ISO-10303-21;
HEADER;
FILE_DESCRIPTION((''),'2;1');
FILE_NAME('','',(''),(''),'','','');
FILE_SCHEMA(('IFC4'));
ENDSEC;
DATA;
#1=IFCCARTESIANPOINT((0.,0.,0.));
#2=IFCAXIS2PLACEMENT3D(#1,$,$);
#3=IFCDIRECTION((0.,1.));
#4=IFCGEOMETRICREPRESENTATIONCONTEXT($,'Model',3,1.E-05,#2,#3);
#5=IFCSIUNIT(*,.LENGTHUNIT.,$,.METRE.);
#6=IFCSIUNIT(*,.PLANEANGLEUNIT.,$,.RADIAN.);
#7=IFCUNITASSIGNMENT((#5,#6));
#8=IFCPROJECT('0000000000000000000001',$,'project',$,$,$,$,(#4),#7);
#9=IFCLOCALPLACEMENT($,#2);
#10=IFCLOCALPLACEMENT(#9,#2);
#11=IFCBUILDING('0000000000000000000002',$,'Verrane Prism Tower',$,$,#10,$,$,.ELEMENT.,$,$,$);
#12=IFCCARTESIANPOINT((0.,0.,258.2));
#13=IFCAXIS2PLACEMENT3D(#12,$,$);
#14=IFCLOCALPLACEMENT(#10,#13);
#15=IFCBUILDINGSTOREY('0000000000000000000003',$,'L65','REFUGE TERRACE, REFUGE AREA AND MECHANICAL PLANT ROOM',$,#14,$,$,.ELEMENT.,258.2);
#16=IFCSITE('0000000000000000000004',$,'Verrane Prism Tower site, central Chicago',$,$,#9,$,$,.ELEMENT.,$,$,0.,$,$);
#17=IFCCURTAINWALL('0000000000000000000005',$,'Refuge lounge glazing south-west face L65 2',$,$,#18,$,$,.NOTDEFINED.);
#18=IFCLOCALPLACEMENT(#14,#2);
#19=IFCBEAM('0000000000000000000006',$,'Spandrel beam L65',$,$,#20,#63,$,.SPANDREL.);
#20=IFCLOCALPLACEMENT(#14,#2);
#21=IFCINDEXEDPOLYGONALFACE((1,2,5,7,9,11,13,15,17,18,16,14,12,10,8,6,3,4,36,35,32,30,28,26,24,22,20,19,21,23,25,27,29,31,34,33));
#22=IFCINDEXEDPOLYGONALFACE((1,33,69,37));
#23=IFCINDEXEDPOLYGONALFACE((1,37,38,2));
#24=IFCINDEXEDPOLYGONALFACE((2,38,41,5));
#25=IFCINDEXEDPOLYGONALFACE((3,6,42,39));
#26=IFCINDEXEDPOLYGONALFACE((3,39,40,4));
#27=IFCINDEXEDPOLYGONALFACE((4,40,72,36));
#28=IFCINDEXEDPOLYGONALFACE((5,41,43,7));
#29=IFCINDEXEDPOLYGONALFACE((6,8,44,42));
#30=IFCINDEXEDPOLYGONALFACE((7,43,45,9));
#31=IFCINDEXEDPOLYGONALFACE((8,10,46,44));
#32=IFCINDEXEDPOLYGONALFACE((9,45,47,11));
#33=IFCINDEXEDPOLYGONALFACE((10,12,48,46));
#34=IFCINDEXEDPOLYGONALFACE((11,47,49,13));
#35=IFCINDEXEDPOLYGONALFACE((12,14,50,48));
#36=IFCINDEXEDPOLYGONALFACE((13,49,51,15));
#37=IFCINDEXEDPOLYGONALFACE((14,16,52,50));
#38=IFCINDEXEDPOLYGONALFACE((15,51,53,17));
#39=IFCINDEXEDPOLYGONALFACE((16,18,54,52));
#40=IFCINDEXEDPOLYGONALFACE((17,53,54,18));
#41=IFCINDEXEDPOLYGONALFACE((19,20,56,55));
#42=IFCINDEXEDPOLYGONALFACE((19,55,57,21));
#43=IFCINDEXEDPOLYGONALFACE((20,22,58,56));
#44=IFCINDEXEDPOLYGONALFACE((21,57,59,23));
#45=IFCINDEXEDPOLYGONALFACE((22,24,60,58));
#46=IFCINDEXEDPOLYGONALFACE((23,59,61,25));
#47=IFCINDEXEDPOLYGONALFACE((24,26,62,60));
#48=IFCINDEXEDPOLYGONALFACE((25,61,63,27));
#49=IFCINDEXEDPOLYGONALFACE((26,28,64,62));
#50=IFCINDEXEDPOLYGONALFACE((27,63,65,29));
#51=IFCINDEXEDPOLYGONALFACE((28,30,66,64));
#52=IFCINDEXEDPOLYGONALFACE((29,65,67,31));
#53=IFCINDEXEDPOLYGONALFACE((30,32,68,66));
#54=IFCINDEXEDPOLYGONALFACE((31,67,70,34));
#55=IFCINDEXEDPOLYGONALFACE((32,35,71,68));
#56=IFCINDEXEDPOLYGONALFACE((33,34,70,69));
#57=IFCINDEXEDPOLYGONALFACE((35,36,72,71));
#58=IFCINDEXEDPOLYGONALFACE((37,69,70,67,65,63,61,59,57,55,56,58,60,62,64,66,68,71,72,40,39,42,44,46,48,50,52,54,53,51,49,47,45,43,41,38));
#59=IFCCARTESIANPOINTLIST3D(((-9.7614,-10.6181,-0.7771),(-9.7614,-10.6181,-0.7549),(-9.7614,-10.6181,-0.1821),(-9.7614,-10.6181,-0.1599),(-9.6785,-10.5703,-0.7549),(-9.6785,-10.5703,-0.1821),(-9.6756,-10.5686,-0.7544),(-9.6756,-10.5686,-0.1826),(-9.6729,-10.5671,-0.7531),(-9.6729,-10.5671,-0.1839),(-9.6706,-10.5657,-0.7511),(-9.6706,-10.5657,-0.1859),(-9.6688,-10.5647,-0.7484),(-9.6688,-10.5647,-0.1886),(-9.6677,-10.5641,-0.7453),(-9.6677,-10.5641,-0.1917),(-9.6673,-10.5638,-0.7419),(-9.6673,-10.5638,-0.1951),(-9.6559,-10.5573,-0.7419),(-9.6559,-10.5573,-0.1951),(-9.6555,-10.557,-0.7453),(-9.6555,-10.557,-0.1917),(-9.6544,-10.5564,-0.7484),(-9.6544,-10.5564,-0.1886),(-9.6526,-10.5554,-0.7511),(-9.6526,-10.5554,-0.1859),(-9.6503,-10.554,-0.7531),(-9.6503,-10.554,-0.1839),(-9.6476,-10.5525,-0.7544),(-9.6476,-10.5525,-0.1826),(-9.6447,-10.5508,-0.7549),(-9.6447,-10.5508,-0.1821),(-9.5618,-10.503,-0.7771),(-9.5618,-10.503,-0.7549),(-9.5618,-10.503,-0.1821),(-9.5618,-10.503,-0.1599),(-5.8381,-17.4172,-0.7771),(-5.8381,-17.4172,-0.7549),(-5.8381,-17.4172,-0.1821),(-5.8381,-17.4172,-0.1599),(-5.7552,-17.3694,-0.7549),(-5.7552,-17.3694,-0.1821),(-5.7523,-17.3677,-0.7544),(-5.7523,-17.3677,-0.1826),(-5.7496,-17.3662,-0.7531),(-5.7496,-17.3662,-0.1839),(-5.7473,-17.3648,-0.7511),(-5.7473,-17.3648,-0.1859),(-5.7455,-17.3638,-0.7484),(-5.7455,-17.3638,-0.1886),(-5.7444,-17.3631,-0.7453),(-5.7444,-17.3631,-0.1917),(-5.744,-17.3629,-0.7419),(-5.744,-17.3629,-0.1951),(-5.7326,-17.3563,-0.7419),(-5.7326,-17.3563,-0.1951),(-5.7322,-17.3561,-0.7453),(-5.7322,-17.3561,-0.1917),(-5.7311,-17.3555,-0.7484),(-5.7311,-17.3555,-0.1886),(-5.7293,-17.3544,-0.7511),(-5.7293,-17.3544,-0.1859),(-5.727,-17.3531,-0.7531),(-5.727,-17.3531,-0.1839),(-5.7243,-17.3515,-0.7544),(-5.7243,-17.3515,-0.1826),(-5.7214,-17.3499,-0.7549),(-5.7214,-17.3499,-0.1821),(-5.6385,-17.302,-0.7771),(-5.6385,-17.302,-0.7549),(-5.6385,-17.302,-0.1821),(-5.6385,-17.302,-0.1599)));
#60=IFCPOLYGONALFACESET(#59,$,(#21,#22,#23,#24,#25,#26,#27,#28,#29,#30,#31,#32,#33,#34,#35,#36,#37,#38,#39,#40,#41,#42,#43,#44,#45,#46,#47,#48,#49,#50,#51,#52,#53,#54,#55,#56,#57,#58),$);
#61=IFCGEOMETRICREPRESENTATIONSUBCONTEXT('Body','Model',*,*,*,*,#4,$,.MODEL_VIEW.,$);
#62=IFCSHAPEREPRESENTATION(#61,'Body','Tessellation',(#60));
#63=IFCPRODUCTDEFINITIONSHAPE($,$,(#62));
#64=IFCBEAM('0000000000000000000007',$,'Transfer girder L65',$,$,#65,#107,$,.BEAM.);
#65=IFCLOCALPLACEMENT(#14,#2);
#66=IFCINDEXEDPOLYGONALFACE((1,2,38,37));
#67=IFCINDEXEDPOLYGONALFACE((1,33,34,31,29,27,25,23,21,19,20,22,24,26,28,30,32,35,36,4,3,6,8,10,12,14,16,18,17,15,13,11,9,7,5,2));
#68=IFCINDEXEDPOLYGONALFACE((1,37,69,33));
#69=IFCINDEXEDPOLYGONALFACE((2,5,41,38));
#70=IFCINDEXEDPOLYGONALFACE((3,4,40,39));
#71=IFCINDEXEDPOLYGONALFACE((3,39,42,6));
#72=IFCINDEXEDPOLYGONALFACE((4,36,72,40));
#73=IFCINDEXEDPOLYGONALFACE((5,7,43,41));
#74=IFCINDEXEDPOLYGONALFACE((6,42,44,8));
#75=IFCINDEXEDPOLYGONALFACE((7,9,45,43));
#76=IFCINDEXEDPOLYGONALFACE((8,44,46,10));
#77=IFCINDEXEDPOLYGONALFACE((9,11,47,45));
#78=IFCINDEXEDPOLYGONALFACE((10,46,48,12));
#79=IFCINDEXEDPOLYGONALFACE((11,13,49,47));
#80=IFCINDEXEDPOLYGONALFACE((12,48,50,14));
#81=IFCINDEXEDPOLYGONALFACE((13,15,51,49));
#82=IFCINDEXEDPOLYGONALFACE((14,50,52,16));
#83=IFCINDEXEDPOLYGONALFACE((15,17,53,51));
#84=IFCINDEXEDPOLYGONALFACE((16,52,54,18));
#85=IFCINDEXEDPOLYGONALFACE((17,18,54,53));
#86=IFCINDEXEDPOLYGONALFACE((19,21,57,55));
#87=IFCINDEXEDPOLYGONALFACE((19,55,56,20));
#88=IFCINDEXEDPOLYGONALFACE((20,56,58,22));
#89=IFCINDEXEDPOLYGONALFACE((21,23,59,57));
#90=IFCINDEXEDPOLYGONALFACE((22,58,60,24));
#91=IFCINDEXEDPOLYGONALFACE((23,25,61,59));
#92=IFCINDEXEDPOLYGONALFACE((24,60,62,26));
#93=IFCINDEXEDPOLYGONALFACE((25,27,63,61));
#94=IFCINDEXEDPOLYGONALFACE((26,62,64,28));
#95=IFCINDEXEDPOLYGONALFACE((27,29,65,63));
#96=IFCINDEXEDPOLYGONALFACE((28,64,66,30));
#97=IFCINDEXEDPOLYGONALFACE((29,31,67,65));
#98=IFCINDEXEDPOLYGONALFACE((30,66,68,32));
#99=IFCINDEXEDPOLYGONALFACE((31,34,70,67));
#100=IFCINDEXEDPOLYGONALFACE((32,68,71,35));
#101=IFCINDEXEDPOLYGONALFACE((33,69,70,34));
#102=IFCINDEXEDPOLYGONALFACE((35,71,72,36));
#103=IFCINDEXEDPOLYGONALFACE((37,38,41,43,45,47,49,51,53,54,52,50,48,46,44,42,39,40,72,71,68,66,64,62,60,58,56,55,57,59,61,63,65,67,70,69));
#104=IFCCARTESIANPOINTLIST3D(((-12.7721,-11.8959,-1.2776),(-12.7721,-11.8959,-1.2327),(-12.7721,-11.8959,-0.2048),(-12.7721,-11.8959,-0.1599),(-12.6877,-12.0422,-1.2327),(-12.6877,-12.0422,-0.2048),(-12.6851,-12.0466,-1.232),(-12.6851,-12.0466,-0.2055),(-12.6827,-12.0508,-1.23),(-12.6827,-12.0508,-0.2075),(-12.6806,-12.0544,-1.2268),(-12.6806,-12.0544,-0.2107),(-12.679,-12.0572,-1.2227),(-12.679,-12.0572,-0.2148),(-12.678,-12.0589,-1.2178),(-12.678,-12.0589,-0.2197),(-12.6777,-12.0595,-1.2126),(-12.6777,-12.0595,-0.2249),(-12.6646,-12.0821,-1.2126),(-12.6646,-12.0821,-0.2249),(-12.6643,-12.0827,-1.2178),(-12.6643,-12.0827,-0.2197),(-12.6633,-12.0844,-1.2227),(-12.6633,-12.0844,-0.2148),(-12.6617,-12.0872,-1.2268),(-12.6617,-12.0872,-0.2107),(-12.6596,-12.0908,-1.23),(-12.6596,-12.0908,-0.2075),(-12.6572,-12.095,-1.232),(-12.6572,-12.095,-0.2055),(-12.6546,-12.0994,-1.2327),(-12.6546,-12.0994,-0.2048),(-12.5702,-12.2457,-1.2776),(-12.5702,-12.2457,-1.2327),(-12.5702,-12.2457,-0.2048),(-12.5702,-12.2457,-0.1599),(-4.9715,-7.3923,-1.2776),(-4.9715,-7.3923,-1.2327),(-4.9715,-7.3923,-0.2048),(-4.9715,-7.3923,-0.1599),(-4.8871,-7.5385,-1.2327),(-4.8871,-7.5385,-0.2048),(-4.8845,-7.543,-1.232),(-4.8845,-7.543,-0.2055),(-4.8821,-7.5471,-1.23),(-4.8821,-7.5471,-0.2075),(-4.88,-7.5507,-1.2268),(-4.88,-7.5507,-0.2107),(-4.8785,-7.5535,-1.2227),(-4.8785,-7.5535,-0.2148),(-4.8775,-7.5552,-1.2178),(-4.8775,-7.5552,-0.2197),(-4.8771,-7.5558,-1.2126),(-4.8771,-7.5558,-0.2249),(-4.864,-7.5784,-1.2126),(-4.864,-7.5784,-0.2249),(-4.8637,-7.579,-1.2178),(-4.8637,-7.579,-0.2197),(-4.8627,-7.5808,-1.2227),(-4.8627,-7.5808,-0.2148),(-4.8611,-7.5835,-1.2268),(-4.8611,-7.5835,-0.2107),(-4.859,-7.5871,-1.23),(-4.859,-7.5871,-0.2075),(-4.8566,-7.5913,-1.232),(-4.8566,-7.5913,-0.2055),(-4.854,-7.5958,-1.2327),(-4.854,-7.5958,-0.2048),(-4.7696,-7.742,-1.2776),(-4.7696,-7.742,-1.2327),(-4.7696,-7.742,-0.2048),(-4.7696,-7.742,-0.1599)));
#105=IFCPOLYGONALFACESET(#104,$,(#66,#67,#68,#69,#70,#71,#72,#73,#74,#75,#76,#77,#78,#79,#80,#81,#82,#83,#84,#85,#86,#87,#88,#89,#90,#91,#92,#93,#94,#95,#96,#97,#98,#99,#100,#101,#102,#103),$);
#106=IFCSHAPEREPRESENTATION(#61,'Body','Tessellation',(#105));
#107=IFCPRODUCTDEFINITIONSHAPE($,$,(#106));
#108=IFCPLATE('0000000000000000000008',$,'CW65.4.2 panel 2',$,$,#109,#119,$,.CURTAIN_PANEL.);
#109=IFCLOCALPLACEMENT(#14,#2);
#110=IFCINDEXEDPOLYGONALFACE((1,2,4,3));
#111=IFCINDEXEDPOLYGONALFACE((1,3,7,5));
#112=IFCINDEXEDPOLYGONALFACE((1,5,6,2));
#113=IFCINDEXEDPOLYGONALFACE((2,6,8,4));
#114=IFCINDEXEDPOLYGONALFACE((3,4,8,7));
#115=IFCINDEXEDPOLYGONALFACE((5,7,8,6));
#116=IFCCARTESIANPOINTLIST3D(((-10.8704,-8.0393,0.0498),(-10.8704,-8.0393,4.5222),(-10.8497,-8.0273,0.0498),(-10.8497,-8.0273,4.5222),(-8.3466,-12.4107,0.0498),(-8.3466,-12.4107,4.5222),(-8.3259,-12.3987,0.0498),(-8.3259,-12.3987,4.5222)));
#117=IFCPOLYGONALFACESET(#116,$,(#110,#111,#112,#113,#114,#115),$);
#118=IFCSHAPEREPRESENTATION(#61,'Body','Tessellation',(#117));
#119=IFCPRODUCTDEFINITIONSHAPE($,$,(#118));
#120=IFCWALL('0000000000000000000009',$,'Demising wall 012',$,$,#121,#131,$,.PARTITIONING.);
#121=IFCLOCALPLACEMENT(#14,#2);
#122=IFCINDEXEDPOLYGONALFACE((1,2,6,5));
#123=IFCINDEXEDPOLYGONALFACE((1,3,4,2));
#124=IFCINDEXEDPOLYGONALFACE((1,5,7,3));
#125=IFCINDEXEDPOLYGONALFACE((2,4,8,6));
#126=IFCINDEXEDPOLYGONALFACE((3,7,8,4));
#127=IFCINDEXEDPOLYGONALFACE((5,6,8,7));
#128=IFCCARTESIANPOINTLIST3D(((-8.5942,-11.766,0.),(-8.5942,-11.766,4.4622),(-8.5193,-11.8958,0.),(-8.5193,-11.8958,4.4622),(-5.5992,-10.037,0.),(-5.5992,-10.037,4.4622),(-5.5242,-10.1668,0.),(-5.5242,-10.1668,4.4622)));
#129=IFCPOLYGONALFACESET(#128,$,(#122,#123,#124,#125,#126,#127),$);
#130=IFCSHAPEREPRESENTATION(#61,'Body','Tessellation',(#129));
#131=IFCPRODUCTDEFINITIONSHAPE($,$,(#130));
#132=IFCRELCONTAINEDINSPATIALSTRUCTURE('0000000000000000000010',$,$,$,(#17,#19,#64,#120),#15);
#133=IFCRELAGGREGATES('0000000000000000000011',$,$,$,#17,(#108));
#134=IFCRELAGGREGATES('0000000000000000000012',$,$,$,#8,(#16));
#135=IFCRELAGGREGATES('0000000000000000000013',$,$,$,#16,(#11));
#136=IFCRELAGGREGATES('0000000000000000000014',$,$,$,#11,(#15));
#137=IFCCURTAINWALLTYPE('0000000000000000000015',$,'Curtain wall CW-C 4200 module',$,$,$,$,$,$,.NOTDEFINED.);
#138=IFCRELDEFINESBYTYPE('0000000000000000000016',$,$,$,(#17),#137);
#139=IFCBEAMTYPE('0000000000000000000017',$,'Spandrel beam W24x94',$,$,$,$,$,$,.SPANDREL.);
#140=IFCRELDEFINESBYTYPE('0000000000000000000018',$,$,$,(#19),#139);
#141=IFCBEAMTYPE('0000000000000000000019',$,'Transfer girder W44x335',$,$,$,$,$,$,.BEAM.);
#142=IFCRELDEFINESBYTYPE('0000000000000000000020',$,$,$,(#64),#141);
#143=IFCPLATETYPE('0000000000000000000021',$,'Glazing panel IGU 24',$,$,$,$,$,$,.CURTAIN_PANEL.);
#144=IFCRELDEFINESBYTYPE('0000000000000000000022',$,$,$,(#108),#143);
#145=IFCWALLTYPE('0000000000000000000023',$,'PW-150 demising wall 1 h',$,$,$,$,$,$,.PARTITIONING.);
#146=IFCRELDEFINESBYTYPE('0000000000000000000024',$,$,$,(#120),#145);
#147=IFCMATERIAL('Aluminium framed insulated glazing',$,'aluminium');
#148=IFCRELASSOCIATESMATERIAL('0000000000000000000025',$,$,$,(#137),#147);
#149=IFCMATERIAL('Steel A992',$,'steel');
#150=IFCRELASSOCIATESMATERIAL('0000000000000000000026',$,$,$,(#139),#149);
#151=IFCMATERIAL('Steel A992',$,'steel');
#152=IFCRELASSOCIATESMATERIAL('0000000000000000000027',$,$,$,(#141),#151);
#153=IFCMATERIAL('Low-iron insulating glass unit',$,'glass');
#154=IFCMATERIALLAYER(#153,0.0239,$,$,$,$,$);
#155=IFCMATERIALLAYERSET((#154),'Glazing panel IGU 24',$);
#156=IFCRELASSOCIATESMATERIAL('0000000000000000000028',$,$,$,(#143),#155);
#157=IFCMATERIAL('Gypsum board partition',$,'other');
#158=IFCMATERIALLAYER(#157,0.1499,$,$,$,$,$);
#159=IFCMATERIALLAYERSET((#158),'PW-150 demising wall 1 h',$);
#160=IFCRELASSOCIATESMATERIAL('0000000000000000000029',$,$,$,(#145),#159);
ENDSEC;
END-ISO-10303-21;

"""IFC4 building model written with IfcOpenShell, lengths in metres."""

from ifc_helpers import new_model, si_unit, direction, frame, frame_2d, origin, origin_2d, place, context, subcontext, project, spatial, rectangle, i_section, extrude, material, layer, layer_set, material_profile, profile_set, type_object, element, aggregate, save


model = new_model("IFC4")

# Units and contexts
model_context = context("Model", 3, precision=1e-05, world=origin(), true_north=direction((0.0, 1.0)))
body_context = subcontext(model_context, "Body", "Model", "MODEL_VIEW")
ifc_project = project(units=[si_unit("LENGTHUNIT", "METRE"), si_unit("PLANEANGLEUNIT", "RADIAN")], contexts=[model_context])

# Site, building, storey
site_placement = place(None, origin())
site = spatial("IfcSite", under=ifc_project, at=site_placement, Name="Verrane Prism Tower site, central Chicago", CompositionType="ELEMENT", RefElevation=0.0)
building_placement = place(site_placement, origin())
building = spatial("IfcBuilding", under=site, at=building_placement, Name="Verrane Prism Tower", CompositionType="ELEMENT")
storey_placement = place(building_placement, frame((0.0, 0.0, 258.2)))
storey = spatial("IfcBuildingStorey", under=building, at=storey_placement, Name="L65", Description="REFUGE TERRACE, REFUGE AREA AND MECHANICAL PLANT ROOM", CompositionType="ELEMENT", Elevation=258.2)

# Curtain wall
ifc_material_1 = material(Name="Aluminium framed insulated glazing", Category="aluminium")
curtain_wall_type = type_object("IfcCurtainWallType", Name="Curtain wall CW-C 4200 module", PredefinedType="NOTDEFINED", material=ifc_material_1)
curtain_wall_placement = place(storey_placement, origin())
curtain_wall = element("IfcCurtainWall", 1, at=curtain_wall_placement, inside=storey, type_object=curtain_wall_type, Name="Refuge lounge glazing south-west face L65 2", PredefinedType="NOTDEFINED")

# Beams
ifc_material_2 = material(Name="Steel A992", Category="steel")
ifc_material_profile_1 = material_profile(ifc_material_2, i_section(OverallWidth=0.2305, OverallDepth=0.6172, WebThickness=0.0132, FlangeThickness=0.0222, FilletRadius=0.0129, at=origin_2d()), Name="W24x94")
ifc_profile_set_1 = profile_set([ifc_material_profile_1], Name="Steel A992")
beam_type_1 = type_object("IfcBeamType", Name="Spandrel beam W24x94", PredefinedType="SPANDREL", material=ifc_profile_set_1)
beam_1_placement = place(storey_placement, frame((-9.6616, -10.5605, -0.4685), z_axis=(0.499799, -0.866142, 0.0), x_axis=(0.866142, 0.499799, 0.0)))
element("IfcBeam", 2, at=beam_1_placement, inside=storey, type_object=beam_type_1, Name="Spandrel beam L65", PredefinedType="SPANDREL", context=body_context, shape_type="SweptSolid", body=[
    extrude(i_section(OverallWidth=0.2305, OverallDepth=0.6172, WebThickness=0.0132, FlangeThickness=0.0222, FilletRadius=0.0129, at=origin_2d()), origin(), (0.0, 0.0, 1.0), 7.8499),
])
ifc_material_3 = material(Name="Steel A992", Category="steel")
ifc_material_profile_2 = material_profile(ifc_material_3, i_section(OverallWidth=0.4038, OverallDepth=1.1177, WebThickness=0.0261, FlangeThickness=0.0449, FilletRadius=0.02, at=origin_2d()), Name="W44x335")
ifc_profile_set_2 = profile_set([ifc_material_profile_2], Name="Steel A992")
beam_type_2 = type_object("IfcBeamType", Name="Transfer girder W44x335", PredefinedType="BEAM", material=ifc_profile_set_2)
beam_2_placement = place(storey_placement, frame((-12.6711, -12.0708, -0.7188), z_axis=(0.866024, 0.500002, 0.0), x_axis=(-0.500002, 0.866024, 0.0)))
element("IfcBeam", 3, at=beam_2_placement, inside=storey, type_object=beam_type_2, Name="Transfer girder L65", PredefinedType="BEAM", context=body_context, shape_type="SweptSolid", body=[
    extrude(i_section(OverallWidth=0.4038, OverallDepth=1.1177, WebThickness=0.0261, FlangeThickness=0.0449, FilletRadius=0.02, at=origin_2d()), origin(), (0.0, 0.0, 1.0), 9.0073),
])

# Plate
ifc_material_4 = material(Name="Low-iron insulating glass unit", Category="glass")
ifc_layer_1 = layer(ifc_material_4, 0.0239)
ifc_layer_set_1 = layer_set([ifc_layer_1], Name="Glazing panel IGU 24")
plate_type = type_object("IfcPlateType", Name="Glazing panel IGU 24", PredefinedType="CURTAIN_PANEL", material=ifc_layer_set_1)
plate_placement = place(storey_placement, frame((-9.5981, -10.219, 0.0498), z_axis=(0.0, 0.0, 1.0), x_axis=(0.500001, -0.866025, 0.0)))
plate = element("IfcPlate", 4, at=plate_placement, type_object=plate_type, Name="CW65.4.2 panel 2", PredefinedType="CURTAIN_PANEL", context=body_context, shape_type="SweptSolid", body=[
    extrude(rectangle(XDim=5.0476, YDim=0.0239, at=origin_2d()), origin(), (0.0, 0.0, 1.0), 4.4724),
])
aggregate(curtain_wall, [plate])

# Wall
ifc_material_5 = material(Name="Gypsum board partition", Category="other")
ifc_layer_2 = layer(ifc_material_5, 0.1499)
ifc_layer_set_2 = layer_set([ifc_layer_2], Name="PW-150 demising wall 1 h")
wall_type_1 = type_object("IfcWallType", Name="PW-150 demising wall 1 h", PredefinedType="PARTITIONING", material=ifc_layer_set_2)
wall_1_placement = place(storey_placement, frame((-8.5566, -11.8308, 0.0), z_axis=(0.0, 0.0, 1.0), x_axis=(0.866054, 0.499951, 0.0)))
element("IfcWall", 5, at=wall_1_placement, inside=storey, type_object=wall_type_1, Name="Demising wall 012", PredefinedType="PARTITIONING", context=body_context, shape_type="SweptSolid", body=[
    extrude(rectangle(XDim=3.4583, YDim=0.1499, at=frame_2d((1.729, 0.0))), origin(), (0.0, 0.0, 1.0), 4.4622),
])

save(model, "model.ifc")
